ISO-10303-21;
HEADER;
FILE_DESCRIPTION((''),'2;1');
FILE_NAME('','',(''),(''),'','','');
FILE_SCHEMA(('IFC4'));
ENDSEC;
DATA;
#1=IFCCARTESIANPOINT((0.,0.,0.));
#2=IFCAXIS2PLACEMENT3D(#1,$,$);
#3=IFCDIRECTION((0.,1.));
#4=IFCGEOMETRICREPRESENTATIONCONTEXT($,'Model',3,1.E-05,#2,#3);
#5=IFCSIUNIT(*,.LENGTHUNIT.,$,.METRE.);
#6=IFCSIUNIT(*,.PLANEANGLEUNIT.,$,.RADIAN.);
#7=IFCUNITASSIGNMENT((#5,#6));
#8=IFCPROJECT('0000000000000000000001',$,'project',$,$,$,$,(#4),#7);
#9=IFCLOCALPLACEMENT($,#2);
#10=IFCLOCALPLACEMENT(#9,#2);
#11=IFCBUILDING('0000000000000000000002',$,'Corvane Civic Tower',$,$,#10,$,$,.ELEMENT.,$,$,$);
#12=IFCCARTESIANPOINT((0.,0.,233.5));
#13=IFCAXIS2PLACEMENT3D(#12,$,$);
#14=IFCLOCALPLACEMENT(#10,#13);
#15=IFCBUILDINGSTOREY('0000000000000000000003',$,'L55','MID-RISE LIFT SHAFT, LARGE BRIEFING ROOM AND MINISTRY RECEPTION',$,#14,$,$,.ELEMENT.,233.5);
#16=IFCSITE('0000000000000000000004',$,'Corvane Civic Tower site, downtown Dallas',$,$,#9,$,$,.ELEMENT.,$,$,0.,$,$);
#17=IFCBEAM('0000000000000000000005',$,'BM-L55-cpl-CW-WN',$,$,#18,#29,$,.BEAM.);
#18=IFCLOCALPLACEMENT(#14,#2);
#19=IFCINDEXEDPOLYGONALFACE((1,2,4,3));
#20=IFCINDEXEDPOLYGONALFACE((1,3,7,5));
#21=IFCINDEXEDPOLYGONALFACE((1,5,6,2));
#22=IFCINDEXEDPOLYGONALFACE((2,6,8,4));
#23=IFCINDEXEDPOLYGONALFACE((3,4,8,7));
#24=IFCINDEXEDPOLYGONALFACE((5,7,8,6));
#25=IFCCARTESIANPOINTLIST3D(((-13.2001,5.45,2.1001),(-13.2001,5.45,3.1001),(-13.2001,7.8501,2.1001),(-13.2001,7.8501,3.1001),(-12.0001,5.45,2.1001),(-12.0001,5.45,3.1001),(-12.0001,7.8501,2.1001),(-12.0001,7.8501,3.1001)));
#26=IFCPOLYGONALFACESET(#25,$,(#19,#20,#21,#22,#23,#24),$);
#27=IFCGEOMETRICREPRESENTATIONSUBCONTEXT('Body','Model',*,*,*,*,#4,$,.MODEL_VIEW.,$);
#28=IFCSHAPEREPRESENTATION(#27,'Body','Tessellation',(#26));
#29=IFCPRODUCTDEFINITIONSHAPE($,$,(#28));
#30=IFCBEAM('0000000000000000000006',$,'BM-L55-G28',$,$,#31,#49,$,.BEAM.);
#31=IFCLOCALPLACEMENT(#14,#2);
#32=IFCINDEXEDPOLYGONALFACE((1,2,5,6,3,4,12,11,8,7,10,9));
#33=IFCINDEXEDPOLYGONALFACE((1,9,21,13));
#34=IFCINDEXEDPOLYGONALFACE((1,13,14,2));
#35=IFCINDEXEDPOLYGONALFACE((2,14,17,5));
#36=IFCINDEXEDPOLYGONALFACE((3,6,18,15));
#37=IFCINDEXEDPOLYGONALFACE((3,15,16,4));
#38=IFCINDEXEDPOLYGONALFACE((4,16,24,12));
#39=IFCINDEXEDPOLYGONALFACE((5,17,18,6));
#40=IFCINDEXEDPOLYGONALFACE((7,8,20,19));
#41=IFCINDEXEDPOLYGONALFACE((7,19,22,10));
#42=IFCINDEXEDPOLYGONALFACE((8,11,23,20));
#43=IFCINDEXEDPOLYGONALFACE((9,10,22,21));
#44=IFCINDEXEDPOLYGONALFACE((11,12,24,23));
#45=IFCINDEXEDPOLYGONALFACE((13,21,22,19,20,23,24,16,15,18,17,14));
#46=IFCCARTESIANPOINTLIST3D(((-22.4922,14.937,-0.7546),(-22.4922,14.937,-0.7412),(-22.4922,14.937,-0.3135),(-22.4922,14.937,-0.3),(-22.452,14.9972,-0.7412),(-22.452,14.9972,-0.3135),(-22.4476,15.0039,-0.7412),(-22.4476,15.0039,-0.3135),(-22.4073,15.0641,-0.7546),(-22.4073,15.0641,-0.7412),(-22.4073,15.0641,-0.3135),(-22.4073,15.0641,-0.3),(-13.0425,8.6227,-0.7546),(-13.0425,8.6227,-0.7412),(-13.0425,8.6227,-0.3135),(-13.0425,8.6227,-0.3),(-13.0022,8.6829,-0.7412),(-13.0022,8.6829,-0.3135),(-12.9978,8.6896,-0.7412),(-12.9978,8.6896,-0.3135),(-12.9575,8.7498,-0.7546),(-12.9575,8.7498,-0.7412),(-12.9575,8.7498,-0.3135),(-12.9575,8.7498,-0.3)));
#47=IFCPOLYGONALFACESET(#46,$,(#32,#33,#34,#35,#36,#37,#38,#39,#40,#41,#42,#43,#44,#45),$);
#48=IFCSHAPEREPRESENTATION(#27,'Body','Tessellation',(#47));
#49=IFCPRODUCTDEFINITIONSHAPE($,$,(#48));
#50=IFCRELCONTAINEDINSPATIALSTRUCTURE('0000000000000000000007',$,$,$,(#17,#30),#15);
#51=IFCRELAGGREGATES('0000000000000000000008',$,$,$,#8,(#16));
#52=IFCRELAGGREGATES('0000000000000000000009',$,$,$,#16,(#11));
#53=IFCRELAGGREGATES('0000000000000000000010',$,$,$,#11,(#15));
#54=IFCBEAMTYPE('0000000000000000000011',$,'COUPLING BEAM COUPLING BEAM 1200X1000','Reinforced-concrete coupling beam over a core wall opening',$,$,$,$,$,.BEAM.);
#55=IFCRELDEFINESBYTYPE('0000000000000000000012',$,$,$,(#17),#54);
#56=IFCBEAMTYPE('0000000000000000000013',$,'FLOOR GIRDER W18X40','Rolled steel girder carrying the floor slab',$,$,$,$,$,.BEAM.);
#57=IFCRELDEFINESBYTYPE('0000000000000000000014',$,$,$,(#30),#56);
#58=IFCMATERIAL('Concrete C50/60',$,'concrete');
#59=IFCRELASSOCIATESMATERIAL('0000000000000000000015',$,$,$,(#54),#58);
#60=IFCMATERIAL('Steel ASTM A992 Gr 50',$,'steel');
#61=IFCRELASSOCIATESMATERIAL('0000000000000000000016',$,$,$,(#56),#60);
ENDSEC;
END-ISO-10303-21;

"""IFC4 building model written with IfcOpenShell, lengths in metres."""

from ifc_helpers import new_model, si_unit, direction, frame, origin, origin_2d, place, context, subcontext, project, spatial, rectangle, i_section, extrude, material, material_profile, profile_set, type_object, element, save


model = new_model("IFC4")

# Units and contexts
model_context = context("Model", 3, precision=1e-05, world=origin(), true_north=direction((0.0, 1.0)))
body_context = subcontext(model_context, "Body", "Model", "MODEL_VIEW")
ifc_project = project(units=[si_unit("LENGTHUNIT", "METRE"), si_unit("PLANEANGLEUNIT", "RADIAN")], contexts=[model_context])

# Site, building, storey
site_placement = place(None, origin())
site = spatial("IfcSite", under=ifc_project, at=site_placement, Name="Corvane Civic Tower site, downtown Dallas", CompositionType="ELEMENT", RefElevation=0.0)
building_placement = place(site_placement, origin())
building = spatial("IfcBuilding", under=site, at=building_placement, Name="Corvane Civic Tower", CompositionType="ELEMENT")
storey_placement = place(building_placement, frame((0.0, 0.0, 233.5)))
storey = spatial("IfcBuildingStorey", under=building, at=storey_placement, Name="L55", Description="MID-RISE LIFT SHAFT, LARGE BRIEFING ROOM AND MINISTRY RECEPTION", CompositionType="ELEMENT", Elevation=233.5)

# Beams
ifc_material_1 = material(Name="Concrete C50/60", Category="concrete")
ifc_material_profile_1 = material_profile(ifc_material_1, rectangle(XDim=1.2, YDim=1.0, at=origin_2d()), Name="COUPLING BEAM 1200X1000")
ifc_profile_set_1 = profile_set([ifc_material_profile_1], Name="Concrete C50/60")
beam_type_1 = type_object("IfcBeamType", Name="COUPLING BEAM COUPLING BEAM 1200X1000", Description="Reinforced-concrete coupling beam over a core wall opening", PredefinedType="BEAM", material=ifc_profile_set_1)
beam_1_placement = place(storey_placement, frame((-12.6001, 5.45, 2.6001), z_axis=(0.0, 1.0, 0.0), x_axis=(-1.0, 0.0, 0.0)))
element("IfcBeam", 1, at=beam_1_placement, inside=storey, type_object=beam_type_1, Name="BM-L55-cpl-CW-WN", PredefinedType="BEAM", context=body_context, shape_type="SweptSolid", body=[
    extrude(rectangle(XDim=1.2, YDim=1.0, at=origin_2d()), origin(), (0.0, 0.0, 1.0), 2.4001),
])
ifc_material_2 = material(Name="Steel ASTM A992 Gr 50", Category="steel")
ifc_material_profile_2 = material_profile(ifc_material_2, i_section(OverallWidth=0.1528, OverallDepth=0.4546, WebThickness=0.0081, FlangeThickness=0.0134, at=origin_2d()), Name="W18X40")
ifc_profile_set_2 = profile_set([ifc_material_profile_2], Name="Steel ASTM A992 Gr 50")
beam_type_2 = type_object("IfcBeamType", Name="FLOOR GIRDER W18X40", Description="Rolled steel girder carrying the floor slab", PredefinedType="BEAM", material=ifc_profile_set_2)
beam_2_placement = place(storey_placement, frame((-13.0, 8.6863, -0.5273), z_axis=(-0.831465, 0.555577, 0.0), x_axis=(-0.555577, -0.831465, 0.0)))
element("IfcBeam", 2, at=beam_2_placement, inside=storey, type_object=beam_type_2, Name="BM-L55-G28", PredefinedType="BEAM", context=body_context, shape_type="SweptSolid", body=[
    extrude(i_section(OverallWidth=0.1528, OverallDepth=0.4546, WebThickness=0.0081, FlangeThickness=0.0134, at=origin_2d()), origin(), (0.0, 0.0, 1.0), 11.3652),
])

save(model, "model.ifc")
